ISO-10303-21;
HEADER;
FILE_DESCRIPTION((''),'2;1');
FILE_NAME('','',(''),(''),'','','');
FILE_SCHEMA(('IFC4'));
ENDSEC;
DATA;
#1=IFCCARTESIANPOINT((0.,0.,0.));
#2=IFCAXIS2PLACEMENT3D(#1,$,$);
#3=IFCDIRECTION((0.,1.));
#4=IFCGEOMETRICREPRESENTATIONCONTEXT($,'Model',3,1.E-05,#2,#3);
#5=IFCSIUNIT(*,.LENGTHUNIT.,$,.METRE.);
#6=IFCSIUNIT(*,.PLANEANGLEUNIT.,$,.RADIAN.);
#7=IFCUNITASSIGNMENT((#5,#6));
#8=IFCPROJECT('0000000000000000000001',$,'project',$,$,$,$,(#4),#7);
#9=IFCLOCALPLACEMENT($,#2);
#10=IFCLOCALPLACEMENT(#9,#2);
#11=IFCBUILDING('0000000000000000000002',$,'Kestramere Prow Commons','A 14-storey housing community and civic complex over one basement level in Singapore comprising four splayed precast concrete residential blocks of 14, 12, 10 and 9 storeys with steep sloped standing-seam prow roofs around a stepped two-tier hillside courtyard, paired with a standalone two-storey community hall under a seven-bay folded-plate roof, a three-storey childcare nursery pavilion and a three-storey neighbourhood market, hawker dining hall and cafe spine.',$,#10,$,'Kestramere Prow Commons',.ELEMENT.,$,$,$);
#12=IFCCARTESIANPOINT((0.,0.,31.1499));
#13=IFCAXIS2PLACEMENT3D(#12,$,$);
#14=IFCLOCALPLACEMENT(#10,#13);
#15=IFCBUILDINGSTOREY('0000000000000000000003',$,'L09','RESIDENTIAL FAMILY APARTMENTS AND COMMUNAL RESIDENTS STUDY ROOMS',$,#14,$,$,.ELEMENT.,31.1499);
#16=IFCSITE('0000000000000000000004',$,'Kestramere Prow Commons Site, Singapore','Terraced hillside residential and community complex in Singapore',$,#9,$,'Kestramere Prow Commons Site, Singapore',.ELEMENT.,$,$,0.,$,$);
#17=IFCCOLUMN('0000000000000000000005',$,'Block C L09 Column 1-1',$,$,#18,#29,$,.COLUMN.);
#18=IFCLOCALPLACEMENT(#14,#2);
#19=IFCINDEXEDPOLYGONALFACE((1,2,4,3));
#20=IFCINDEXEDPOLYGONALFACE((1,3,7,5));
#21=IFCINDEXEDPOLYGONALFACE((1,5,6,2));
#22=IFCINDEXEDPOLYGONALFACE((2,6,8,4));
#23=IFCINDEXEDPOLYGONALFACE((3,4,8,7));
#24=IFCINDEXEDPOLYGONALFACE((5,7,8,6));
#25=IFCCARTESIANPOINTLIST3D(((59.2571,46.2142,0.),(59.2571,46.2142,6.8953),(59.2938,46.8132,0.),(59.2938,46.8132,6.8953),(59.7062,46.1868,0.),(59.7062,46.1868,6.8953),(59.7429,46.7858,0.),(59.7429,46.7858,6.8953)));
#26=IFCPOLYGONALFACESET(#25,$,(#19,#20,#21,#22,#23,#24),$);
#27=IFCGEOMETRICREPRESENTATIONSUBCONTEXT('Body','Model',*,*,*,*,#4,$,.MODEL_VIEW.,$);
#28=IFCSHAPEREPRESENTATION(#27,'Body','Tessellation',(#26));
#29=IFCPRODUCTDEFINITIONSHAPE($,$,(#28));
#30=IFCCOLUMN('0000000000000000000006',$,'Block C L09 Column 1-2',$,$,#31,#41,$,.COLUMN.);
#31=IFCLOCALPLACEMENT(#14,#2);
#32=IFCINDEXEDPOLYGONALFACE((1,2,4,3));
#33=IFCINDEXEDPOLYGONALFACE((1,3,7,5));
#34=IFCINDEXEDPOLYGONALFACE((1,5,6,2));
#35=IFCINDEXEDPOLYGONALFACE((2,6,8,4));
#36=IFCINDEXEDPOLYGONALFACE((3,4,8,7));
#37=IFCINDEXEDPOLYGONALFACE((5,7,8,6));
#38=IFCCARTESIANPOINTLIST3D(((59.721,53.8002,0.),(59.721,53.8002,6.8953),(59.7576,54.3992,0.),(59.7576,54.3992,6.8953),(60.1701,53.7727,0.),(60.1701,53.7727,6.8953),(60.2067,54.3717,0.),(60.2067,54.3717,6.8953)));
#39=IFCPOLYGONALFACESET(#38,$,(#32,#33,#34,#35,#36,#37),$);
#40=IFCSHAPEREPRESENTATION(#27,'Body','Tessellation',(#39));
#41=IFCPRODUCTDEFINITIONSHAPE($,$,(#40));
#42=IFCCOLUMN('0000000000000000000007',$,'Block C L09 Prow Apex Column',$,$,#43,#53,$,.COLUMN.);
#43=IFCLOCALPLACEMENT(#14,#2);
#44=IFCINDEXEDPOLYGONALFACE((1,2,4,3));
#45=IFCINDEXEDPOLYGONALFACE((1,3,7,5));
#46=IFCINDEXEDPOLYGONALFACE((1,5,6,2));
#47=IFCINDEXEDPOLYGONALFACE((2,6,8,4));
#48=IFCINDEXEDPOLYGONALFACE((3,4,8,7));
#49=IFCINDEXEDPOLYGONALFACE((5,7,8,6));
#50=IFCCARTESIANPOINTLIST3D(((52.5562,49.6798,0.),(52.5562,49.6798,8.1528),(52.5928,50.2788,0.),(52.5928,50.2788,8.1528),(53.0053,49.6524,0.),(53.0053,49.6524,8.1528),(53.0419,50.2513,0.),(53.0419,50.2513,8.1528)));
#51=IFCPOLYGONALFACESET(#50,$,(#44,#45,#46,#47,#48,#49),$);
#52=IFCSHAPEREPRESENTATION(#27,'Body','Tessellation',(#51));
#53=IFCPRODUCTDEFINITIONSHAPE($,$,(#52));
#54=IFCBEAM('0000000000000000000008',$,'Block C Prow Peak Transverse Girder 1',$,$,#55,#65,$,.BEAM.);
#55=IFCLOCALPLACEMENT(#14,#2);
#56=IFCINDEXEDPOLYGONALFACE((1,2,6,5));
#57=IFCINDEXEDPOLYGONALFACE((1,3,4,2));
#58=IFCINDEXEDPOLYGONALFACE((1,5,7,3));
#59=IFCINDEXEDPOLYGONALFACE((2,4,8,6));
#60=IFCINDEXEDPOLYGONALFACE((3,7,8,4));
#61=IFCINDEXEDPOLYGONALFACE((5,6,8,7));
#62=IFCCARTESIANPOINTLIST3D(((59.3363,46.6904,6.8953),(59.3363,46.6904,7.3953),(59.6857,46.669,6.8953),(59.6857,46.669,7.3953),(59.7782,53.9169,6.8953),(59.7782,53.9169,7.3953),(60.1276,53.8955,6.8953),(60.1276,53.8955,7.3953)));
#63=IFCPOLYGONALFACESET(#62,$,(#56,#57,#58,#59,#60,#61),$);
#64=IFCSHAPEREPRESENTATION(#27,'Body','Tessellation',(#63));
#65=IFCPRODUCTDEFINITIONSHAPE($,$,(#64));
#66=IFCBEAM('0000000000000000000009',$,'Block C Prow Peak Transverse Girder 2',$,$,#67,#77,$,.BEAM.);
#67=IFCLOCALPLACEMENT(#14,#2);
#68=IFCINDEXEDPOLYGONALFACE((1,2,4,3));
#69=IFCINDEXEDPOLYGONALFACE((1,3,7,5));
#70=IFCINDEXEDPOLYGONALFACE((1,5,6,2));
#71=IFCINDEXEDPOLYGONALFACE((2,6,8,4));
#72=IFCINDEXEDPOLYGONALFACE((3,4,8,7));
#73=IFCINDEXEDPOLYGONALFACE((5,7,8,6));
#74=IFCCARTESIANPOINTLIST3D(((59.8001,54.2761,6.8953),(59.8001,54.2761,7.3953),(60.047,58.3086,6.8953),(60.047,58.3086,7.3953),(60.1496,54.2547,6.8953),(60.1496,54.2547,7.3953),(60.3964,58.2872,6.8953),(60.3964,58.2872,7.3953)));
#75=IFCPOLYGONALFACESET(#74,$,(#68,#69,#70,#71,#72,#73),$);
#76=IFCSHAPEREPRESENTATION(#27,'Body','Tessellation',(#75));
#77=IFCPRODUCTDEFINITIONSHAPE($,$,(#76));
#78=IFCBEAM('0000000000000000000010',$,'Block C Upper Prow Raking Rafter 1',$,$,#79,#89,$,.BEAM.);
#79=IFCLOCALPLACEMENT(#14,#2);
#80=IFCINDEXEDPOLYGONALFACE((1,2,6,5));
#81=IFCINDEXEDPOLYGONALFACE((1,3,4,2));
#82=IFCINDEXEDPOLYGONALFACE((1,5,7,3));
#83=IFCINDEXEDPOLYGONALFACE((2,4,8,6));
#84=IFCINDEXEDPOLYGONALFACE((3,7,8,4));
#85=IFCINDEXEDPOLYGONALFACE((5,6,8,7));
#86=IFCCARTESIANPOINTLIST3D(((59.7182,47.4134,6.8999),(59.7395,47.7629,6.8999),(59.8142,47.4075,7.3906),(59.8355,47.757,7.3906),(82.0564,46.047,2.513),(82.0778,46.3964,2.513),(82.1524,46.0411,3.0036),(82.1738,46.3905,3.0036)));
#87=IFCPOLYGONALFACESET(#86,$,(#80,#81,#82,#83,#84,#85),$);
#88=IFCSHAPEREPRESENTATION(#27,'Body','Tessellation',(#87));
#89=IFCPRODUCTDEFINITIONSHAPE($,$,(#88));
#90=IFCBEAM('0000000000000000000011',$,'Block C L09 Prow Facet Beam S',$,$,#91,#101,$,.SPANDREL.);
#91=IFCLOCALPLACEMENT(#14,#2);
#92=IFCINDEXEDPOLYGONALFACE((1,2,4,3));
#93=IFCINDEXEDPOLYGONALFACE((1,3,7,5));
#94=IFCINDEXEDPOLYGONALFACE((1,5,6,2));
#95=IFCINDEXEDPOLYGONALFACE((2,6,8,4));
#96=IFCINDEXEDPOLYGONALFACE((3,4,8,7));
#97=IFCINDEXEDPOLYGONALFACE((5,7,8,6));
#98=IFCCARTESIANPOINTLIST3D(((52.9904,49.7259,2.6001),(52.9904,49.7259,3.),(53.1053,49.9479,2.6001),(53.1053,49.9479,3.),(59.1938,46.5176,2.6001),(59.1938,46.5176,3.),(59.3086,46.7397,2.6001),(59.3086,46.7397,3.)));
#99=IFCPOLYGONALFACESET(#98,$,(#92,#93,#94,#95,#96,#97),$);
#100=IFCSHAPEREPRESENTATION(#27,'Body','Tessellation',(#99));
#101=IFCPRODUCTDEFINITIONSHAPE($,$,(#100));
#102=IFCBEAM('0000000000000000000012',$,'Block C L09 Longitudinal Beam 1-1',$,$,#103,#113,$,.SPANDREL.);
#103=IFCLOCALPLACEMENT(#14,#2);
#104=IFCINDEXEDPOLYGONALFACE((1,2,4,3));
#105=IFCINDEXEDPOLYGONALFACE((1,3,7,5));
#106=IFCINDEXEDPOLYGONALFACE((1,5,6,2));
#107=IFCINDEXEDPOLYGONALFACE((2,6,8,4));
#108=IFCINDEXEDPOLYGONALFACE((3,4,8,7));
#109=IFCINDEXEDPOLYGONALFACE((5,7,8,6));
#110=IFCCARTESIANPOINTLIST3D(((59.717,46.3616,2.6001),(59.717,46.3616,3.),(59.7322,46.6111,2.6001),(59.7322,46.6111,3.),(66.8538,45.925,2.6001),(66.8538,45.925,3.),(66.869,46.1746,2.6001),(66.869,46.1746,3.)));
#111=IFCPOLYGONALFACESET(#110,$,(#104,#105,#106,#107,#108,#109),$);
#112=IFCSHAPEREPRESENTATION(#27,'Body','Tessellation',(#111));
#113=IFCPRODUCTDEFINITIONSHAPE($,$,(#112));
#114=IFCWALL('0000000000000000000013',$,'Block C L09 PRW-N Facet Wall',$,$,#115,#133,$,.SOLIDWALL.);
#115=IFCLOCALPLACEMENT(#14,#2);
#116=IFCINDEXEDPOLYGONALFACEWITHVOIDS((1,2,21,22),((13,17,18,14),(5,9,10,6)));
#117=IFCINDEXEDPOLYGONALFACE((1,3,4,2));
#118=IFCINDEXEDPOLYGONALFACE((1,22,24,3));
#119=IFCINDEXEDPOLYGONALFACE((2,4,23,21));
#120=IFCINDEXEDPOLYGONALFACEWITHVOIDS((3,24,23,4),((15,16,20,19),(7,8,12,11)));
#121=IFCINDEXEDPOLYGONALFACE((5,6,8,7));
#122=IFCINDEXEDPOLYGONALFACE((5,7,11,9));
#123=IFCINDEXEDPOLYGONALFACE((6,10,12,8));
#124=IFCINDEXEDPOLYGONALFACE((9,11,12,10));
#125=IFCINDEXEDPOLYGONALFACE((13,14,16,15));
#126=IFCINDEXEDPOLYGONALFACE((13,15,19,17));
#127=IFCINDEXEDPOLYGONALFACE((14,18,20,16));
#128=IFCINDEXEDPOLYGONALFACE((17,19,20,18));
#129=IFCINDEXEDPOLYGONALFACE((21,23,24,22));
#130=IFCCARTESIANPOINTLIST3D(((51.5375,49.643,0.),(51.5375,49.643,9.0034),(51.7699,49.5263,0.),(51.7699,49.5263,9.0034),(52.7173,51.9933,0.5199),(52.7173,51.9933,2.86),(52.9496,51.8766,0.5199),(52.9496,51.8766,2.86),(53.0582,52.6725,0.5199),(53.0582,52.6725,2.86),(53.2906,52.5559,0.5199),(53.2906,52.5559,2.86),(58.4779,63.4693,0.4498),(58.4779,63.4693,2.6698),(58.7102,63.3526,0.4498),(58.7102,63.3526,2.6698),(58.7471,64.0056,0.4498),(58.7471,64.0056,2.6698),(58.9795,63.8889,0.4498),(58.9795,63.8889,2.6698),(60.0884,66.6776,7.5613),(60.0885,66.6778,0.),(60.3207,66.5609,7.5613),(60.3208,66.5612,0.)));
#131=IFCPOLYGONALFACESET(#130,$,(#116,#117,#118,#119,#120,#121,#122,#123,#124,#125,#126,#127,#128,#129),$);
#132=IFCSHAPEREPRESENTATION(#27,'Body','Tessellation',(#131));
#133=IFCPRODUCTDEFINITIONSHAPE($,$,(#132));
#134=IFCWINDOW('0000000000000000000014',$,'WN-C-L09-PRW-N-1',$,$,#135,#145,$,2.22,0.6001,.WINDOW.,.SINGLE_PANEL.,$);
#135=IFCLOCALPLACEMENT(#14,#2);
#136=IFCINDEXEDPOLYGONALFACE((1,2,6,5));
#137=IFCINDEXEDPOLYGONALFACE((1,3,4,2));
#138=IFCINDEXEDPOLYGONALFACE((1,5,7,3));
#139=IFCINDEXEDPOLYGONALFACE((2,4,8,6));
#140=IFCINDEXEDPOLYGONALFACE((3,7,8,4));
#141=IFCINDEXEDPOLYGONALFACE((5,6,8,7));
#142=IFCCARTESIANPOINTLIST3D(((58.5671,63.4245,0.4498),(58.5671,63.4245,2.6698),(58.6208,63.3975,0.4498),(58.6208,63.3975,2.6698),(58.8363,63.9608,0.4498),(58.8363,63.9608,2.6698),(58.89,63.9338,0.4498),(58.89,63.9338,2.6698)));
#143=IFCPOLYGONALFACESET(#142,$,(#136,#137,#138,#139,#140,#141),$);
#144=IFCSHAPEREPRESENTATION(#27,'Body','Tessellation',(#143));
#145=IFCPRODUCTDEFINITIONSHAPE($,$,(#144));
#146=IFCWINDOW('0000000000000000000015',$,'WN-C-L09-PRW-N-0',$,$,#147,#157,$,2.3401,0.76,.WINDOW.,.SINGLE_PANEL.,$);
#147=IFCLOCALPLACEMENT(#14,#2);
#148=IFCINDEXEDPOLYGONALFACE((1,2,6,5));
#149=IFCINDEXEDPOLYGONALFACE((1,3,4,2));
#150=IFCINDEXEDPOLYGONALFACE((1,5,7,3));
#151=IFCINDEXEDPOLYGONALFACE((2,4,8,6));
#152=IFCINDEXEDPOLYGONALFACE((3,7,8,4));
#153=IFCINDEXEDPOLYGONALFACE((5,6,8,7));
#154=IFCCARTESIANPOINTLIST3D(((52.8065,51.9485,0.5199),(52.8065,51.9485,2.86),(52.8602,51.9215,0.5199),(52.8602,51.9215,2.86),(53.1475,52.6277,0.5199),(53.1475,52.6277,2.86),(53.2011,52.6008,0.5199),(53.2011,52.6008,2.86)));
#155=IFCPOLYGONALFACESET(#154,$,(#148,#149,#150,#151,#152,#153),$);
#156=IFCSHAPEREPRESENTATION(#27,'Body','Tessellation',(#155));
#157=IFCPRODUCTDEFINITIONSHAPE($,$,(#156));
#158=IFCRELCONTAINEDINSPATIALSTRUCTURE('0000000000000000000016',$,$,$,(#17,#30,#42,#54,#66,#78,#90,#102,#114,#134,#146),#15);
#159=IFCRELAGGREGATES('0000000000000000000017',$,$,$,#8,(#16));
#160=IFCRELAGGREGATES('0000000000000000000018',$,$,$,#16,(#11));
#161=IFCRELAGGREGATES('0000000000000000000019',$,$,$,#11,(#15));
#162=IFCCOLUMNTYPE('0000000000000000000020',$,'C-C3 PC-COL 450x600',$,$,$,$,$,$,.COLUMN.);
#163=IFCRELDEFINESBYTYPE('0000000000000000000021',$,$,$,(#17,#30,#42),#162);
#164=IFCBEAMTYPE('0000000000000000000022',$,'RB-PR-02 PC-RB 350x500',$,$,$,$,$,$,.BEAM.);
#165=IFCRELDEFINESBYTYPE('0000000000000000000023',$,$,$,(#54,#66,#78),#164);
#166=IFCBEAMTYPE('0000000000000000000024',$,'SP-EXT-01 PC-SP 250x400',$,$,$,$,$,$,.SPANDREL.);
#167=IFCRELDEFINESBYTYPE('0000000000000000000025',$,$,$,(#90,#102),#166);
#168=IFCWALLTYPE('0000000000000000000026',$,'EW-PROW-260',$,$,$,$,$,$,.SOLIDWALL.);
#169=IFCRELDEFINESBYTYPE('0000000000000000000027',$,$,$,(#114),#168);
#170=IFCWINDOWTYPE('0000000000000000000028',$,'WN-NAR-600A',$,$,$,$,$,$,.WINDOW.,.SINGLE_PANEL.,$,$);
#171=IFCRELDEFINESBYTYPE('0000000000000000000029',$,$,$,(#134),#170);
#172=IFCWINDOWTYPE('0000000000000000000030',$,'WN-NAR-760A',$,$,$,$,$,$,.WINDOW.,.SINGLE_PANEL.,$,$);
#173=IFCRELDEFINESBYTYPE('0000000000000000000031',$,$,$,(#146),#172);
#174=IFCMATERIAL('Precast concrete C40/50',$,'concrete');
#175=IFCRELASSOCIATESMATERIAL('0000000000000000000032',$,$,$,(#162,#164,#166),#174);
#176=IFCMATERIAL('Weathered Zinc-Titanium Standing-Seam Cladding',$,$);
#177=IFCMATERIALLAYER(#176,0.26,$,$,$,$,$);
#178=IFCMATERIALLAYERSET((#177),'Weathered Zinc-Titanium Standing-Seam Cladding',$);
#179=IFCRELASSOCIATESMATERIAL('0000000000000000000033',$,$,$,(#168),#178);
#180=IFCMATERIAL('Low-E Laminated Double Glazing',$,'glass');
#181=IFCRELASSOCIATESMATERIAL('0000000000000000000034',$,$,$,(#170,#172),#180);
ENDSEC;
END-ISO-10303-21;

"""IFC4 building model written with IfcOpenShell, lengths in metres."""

from ifc_helpers import new_model, si_unit, direction, frame, frame_2d, origin, origin_2d, place, context, subcontext, project, spatial, polyline, rectangle, outline, extrude, material, layer, layer_set, material_profile, profile_set, type_object, element, fill, save


model = new_model("IFC4")

# Units and contexts
model_context = context("Model", 3, precision=1e-05, world=origin(), true_north=direction((0.0, 1.0)))
body_context = subcontext(model_context, "Body", "Model", "MODEL_VIEW")
ifc_project = project(units=[si_unit("LENGTHUNIT", "METRE"), si_unit("PLANEANGLEUNIT", "RADIAN")], contexts=[model_context])

# Site, building, storey
site_placement = place(None, origin())
site = spatial("IfcSite", under=ifc_project, at=site_placement, Name="Kestramere Prow Commons Site, Singapore", Description="Terraced hillside residential and community complex in Singapore", LongName="Kestramere Prow Commons Site, Singapore", CompositionType="ELEMENT", RefElevation=0.0)
building_placement = place(site_placement, origin())
building = spatial("IfcBuilding", under=site, at=building_placement, Name="Kestramere Prow Commons", Description="A 14-storey housing community and civic complex over one basement level in Singapore comprising four splayed precast concrete residential blocks of 14, 12, 10 and 9 storeys with steep sloped standing-seam prow roofs around a stepped two-tier hillside courtyard, paired with a standalone two-storey community hall under a seven-bay folded-plate roof, a three-storey childcare nursery pavilion and a three-storey neighbourhood market, hawker dining hall and cafe spine.", LongName="Kestramere Prow Commons", CompositionType="ELEMENT")
storey_placement = place(building_placement, frame((0.0, 0.0, 31.1499)))
storey = spatial("IfcBuildingStorey", under=building, at=storey_placement, Name="L09", Description="RESIDENTIAL FAMILY APARTMENTS AND COMMUNAL RESIDENTS STUDY ROOMS", CompositionType="ELEMENT", Elevation=31.1499)

# Columns
ifc_material_1 = material(Name="Precast concrete C40/50", Category="concrete")
ifc_material_profile_1 = material_profile(ifc_material_1, rectangle(XDim=0.45, YDim=0.6001, at=origin_2d()), Name="PC-COL 450x600")
ifc_profile_set_1 = profile_set([ifc_material_profile_1], Name="Precast concrete C40/50")
column_type = type_object("IfcColumnType", Name="C-C3 PC-COL 450x600", PredefinedType="COLUMN", material=ifc_profile_set_1)
for number, where, z_axis, x_axis, name in (
    (1, (59.5, 46.5, 0.0), (0.0, 0.0, 1.0), (0.998135, -0.061049, 0.0), "Block C L09 Column 1-1"),
    (2, (59.9639, 54.0859, 0.0), (0.0, 0.0, 1.0), (0.998135, -0.061049, 0.0), "Block C L09 Column 1-2"),
):
    element("IfcColumn", number, at=place(storey_placement, frame(where, z_axis=z_axis, x_axis=x_axis)), inside=storey, type_object=column_type, Name=name, PredefinedType="COLUMN", context=body_context, shape_type="SweptSolid", body=[
        extrude(rectangle(XDim=0.45, YDim=0.6001, at=origin_2d()), origin(), (0.0, 0.0, 1.0), 6.8953),
    ])
column_placement = place(storey_placement, frame((52.7991, 49.9656, 0.0), z_axis=(0.0, 0.0, 1.0), x_axis=(0.998135, -0.061049, 0.0)))
element("IfcColumn", 3, at=column_placement, inside=storey, type_object=column_type, Name="Block C L09 Prow Apex Column", PredefinedType="COLUMN", context=body_context, shape_type="SweptSolid", body=[
    extrude(rectangle(XDim=0.45, YDim=0.6001, at=origin_2d()), origin(), (0.0, 0.0, 1.0), 8.1528),
])

# Beams
ifc_material_profile_2 = material_profile(ifc_material_1, rectangle(XDim=0.3501, YDim=0.5, at=origin_2d()), Name="PC-RB 350x500")
ifc_profile_set_2 = profile_set([ifc_material_profile_2], Name="Precast concrete C40/50")
beam_type_1 = type_object("IfcBeamType", Name="RB-PR-02 PC-RB 350x500", PredefinedType="BEAM", material=ifc_profile_set_2)
beam_1_placement = place(storey_placement, frame((59.511, 46.6797, 7.1453), z_axis=(0.061035, 0.998136, 0.0), x_axis=(-0.998136, 0.061035, 0.0)))
element("IfcBeam", 4, at=beam_1_placement, inside=storey, type_object=beam_type_1, Name="Block C Prow Peak Transverse Girder 1", PredefinedType="BEAM", context=body_context, shape_type="SweptSolid", body=[
    extrude(rectangle(XDim=0.3501, YDim=0.5, at=origin_2d()), origin(), (0.0, 0.0, 1.0), 7.24),
])
beam_2_placement = place(storey_placement, frame((59.9749, 54.2654, 7.1453), z_axis=(0.061095, 0.998132, 0.0), x_axis=(-0.998132, 0.061095, 0.0)))
element("IfcBeam", 5, at=beam_2_placement, inside=storey, type_object=beam_type_1, Name="Block C Prow Peak Transverse Girder 2", PredefinedType="BEAM", context=body_context, shape_type="SweptSolid", body=[
    extrude(rectangle(XDim=0.3501, YDim=0.5, at=origin_2d()), origin(), (0.0, 0.0, 1.0), 4.04),
])
beam_3_placement = place(storey_placement, frame((59.7769, 47.5852, 7.1453), z_axis=(0.979493, -0.059917, -0.192362), x_axis=(0.061057, 0.998134, 0.0)))
element("IfcBeam", 6, at=beam_3_placement, inside=storey, type_object=beam_type_1, Name="Block C Upper Prow Raking Rafter 1", PredefinedType="BEAM", context=body_context, shape_type="SweptSolid", body=[
    extrude(rectangle(XDim=0.3501, YDim=0.5, at=origin_2d()), origin(), (0.0, 0.0, 1.0), 22.8059),
])
ifc_material_profile_3 = material_profile(ifc_material_1, rectangle(XDim=0.25, YDim=0.3999, at=origin_2d()), Name="PC-SP 250x400")
ifc_profile_set_3 = profile_set([ifc_material_profile_3], Name="Precast concrete C40/50")
beam_type_2 = type_object("IfcBeamType", Name="SP-EXT-01 PC-SP 250x400", PredefinedType="SPANDREL", material=ifc_profile_set_3)
beam_4_placement = place(storey_placement, frame((59.2512, 46.6287, 2.8), z_axis=(-0.88824, 0.459379, 0.0), x_axis=(-0.459379, -0.88824, 0.0)))
element("IfcBeam", 7, at=beam_4_placement, inside=storey, type_object=beam_type_2, Name="Block C L09 Prow Facet Beam S", PredefinedType="SPANDREL", context=body_context, shape_type="SweptSolid", body=[
    extrude(rectangle(XDim=0.25, YDim=0.3999, at=origin_2d()), origin(), (0.0, 0.0, 1.0), 6.9839),
])
beam_5_placement = place(storey_placement, frame((59.7246, 46.4863, 2.8), z_axis=(0.998135, -0.061052, 0.0), x_axis=(0.061052, 0.998135, 0.0)))
element("IfcBeam", 8, at=beam_5_placement, inside=storey, type_object=beam_type_2, Name="Block C L09 Longitudinal Beam 1-1", PredefinedType="SPANDREL", context=body_context, shape_type="SweptSolid", body=[
    extrude(rectangle(XDim=0.25, YDim=0.3999, at=origin_2d()), origin(), (0.0, 0.0, 1.0), 7.1501),
])

# Wall, openings, windows
ifc_material_2 = material(Name="Weathered Zinc-Titanium Standing-Seam Cladding")
ifc_layer_1 = layer(ifc_material_2, 0.26)
ifc_layer_set_1 = layer_set([ifc_layer_1], Name="Weathered Zinc-Titanium Standing-Seam Cladding")
wall_type_1 = type_object("IfcWallType", Name="EW-PROW-260", PredefinedType="SOLIDWALL", material=ifc_layer_set_1)
wall_1_placement = place(storey_placement, frame((51.6536, 49.5847, 0.0), z_axis=(0.0, 0.0, 1.0), x_axis=(0.448622, 0.893722, 0.0)))
wall_1 = element("IfcWall", 9, at=wall_1_placement, inside=storey, type_object=wall_type_1, Name="Block C L09 PRW-N Facet Wall", PredefinedType="SOLIDWALL", context=body_context, shape_type="SweptSolid", body=[
    extrude(outline(polyline([(0.0, 0.0), (19.0605, 0.0), (19.0603, 7.5613), (0.0, 9.0034), (0.0, 0.0)])), frame((0.0, 0.1299, 0.0), z_axis=(0.0, -1.0, 0.0), x_axis=(1.0, 0.0, 0.0)), (0.0, 0.0, 1.0), 0.26),
])
opening_1_placement = place(wall_1_placement, frame((2.6299, 0.0, 0.52)))
opening_1 = element("IfcOpeningElement", 10, at=opening_1_placement, cuts=wall_1, PredefinedType="OPENING", context=body_context, shape_type="SweptSolid", body=[
    extrude(rectangle(XDim=0.76, YDim=2.3401, at=frame_2d((0.3799, 1.1699))), frame((0.0, 0.145, 0.0), z_axis=(0.0, -1.0, 0.0), x_axis=(1.0, 0.0, 0.0)), (0.0, 0.0, 1.0), 0.29),
])
opening_2_placement = place(wall_1_placement, frame((15.4705, 0.0, 0.45)))
opening_2 = element("IfcOpeningElement", 11, at=opening_2_placement, cuts=wall_1, PredefinedType="OPENING", context=body_context, shape_type="SweptSolid", body=[
    extrude(rectangle(XDim=0.6001, YDim=2.22, at=frame_2d((0.3, 1.1099))), frame((0.0, 0.145, 0.0), z_axis=(0.0, -1.0, 0.0), x_axis=(1.0, 0.0, 0.0)), (0.0, 0.0, 1.0), 0.29),
])
ifc_material_3 = material(Name="Low-E Laminated Double Glazing", Category="glass")
window_type_1 = type_object("IfcWindowType", Name="WN-NAR-600A", PartitioningType="SINGLE_PANEL", PredefinedType="WINDOW", material=ifc_material_3)
window_1_placement = place(opening_2_placement, origin())
window_1 = element("IfcWindow", 12, at=window_1_placement, inside=storey, type_object=window_type_1, Name="WN-C-L09-PRW-N-1", OverallHeight=2.22, OverallWidth=0.6001, PartitioningType="SINGLE_PANEL", PredefinedType="WINDOW", context=body_context, shape_type="SweptSolid", body=[
    extrude(rectangle(XDim=0.6001, YDim=2.22, at=frame_2d((0.3, 1.1099))), frame((0.0, 0.03, 0.0), z_axis=(0.0, -1.0, 0.0), x_axis=(1.0, 0.0, 0.0)), (0.0, 0.0, 1.0), 0.0601),
])
fill(opening_2, window_1)
window_type_2 = type_object("IfcWindowType", Name="WN-NAR-760A", PartitioningType="SINGLE_PANEL", PredefinedType="WINDOW", material=ifc_material_3)
window_2_placement = place(opening_1_placement, origin())
window_2 = element("IfcWindow", 13, at=window_2_placement, inside=storey, type_object=window_type_2, Name="WN-C-L09-PRW-N-0", OverallHeight=2.3401, OverallWidth=0.76, PartitioningType="SINGLE_PANEL", PredefinedType="WINDOW", context=body_context, shape_type="SweptSolid", body=[
    extrude(rectangle(XDim=0.76, YDim=2.3401, at=frame_2d((0.3799, 1.1699))), frame((0.0, 0.03, 0.0), z_axis=(0.0, -1.0, 0.0), x_axis=(1.0, 0.0, 0.0)), (0.0, 0.0, 1.0), 0.0601),
])
fill(opening_1, window_2)

save(model, "model.ifc")
